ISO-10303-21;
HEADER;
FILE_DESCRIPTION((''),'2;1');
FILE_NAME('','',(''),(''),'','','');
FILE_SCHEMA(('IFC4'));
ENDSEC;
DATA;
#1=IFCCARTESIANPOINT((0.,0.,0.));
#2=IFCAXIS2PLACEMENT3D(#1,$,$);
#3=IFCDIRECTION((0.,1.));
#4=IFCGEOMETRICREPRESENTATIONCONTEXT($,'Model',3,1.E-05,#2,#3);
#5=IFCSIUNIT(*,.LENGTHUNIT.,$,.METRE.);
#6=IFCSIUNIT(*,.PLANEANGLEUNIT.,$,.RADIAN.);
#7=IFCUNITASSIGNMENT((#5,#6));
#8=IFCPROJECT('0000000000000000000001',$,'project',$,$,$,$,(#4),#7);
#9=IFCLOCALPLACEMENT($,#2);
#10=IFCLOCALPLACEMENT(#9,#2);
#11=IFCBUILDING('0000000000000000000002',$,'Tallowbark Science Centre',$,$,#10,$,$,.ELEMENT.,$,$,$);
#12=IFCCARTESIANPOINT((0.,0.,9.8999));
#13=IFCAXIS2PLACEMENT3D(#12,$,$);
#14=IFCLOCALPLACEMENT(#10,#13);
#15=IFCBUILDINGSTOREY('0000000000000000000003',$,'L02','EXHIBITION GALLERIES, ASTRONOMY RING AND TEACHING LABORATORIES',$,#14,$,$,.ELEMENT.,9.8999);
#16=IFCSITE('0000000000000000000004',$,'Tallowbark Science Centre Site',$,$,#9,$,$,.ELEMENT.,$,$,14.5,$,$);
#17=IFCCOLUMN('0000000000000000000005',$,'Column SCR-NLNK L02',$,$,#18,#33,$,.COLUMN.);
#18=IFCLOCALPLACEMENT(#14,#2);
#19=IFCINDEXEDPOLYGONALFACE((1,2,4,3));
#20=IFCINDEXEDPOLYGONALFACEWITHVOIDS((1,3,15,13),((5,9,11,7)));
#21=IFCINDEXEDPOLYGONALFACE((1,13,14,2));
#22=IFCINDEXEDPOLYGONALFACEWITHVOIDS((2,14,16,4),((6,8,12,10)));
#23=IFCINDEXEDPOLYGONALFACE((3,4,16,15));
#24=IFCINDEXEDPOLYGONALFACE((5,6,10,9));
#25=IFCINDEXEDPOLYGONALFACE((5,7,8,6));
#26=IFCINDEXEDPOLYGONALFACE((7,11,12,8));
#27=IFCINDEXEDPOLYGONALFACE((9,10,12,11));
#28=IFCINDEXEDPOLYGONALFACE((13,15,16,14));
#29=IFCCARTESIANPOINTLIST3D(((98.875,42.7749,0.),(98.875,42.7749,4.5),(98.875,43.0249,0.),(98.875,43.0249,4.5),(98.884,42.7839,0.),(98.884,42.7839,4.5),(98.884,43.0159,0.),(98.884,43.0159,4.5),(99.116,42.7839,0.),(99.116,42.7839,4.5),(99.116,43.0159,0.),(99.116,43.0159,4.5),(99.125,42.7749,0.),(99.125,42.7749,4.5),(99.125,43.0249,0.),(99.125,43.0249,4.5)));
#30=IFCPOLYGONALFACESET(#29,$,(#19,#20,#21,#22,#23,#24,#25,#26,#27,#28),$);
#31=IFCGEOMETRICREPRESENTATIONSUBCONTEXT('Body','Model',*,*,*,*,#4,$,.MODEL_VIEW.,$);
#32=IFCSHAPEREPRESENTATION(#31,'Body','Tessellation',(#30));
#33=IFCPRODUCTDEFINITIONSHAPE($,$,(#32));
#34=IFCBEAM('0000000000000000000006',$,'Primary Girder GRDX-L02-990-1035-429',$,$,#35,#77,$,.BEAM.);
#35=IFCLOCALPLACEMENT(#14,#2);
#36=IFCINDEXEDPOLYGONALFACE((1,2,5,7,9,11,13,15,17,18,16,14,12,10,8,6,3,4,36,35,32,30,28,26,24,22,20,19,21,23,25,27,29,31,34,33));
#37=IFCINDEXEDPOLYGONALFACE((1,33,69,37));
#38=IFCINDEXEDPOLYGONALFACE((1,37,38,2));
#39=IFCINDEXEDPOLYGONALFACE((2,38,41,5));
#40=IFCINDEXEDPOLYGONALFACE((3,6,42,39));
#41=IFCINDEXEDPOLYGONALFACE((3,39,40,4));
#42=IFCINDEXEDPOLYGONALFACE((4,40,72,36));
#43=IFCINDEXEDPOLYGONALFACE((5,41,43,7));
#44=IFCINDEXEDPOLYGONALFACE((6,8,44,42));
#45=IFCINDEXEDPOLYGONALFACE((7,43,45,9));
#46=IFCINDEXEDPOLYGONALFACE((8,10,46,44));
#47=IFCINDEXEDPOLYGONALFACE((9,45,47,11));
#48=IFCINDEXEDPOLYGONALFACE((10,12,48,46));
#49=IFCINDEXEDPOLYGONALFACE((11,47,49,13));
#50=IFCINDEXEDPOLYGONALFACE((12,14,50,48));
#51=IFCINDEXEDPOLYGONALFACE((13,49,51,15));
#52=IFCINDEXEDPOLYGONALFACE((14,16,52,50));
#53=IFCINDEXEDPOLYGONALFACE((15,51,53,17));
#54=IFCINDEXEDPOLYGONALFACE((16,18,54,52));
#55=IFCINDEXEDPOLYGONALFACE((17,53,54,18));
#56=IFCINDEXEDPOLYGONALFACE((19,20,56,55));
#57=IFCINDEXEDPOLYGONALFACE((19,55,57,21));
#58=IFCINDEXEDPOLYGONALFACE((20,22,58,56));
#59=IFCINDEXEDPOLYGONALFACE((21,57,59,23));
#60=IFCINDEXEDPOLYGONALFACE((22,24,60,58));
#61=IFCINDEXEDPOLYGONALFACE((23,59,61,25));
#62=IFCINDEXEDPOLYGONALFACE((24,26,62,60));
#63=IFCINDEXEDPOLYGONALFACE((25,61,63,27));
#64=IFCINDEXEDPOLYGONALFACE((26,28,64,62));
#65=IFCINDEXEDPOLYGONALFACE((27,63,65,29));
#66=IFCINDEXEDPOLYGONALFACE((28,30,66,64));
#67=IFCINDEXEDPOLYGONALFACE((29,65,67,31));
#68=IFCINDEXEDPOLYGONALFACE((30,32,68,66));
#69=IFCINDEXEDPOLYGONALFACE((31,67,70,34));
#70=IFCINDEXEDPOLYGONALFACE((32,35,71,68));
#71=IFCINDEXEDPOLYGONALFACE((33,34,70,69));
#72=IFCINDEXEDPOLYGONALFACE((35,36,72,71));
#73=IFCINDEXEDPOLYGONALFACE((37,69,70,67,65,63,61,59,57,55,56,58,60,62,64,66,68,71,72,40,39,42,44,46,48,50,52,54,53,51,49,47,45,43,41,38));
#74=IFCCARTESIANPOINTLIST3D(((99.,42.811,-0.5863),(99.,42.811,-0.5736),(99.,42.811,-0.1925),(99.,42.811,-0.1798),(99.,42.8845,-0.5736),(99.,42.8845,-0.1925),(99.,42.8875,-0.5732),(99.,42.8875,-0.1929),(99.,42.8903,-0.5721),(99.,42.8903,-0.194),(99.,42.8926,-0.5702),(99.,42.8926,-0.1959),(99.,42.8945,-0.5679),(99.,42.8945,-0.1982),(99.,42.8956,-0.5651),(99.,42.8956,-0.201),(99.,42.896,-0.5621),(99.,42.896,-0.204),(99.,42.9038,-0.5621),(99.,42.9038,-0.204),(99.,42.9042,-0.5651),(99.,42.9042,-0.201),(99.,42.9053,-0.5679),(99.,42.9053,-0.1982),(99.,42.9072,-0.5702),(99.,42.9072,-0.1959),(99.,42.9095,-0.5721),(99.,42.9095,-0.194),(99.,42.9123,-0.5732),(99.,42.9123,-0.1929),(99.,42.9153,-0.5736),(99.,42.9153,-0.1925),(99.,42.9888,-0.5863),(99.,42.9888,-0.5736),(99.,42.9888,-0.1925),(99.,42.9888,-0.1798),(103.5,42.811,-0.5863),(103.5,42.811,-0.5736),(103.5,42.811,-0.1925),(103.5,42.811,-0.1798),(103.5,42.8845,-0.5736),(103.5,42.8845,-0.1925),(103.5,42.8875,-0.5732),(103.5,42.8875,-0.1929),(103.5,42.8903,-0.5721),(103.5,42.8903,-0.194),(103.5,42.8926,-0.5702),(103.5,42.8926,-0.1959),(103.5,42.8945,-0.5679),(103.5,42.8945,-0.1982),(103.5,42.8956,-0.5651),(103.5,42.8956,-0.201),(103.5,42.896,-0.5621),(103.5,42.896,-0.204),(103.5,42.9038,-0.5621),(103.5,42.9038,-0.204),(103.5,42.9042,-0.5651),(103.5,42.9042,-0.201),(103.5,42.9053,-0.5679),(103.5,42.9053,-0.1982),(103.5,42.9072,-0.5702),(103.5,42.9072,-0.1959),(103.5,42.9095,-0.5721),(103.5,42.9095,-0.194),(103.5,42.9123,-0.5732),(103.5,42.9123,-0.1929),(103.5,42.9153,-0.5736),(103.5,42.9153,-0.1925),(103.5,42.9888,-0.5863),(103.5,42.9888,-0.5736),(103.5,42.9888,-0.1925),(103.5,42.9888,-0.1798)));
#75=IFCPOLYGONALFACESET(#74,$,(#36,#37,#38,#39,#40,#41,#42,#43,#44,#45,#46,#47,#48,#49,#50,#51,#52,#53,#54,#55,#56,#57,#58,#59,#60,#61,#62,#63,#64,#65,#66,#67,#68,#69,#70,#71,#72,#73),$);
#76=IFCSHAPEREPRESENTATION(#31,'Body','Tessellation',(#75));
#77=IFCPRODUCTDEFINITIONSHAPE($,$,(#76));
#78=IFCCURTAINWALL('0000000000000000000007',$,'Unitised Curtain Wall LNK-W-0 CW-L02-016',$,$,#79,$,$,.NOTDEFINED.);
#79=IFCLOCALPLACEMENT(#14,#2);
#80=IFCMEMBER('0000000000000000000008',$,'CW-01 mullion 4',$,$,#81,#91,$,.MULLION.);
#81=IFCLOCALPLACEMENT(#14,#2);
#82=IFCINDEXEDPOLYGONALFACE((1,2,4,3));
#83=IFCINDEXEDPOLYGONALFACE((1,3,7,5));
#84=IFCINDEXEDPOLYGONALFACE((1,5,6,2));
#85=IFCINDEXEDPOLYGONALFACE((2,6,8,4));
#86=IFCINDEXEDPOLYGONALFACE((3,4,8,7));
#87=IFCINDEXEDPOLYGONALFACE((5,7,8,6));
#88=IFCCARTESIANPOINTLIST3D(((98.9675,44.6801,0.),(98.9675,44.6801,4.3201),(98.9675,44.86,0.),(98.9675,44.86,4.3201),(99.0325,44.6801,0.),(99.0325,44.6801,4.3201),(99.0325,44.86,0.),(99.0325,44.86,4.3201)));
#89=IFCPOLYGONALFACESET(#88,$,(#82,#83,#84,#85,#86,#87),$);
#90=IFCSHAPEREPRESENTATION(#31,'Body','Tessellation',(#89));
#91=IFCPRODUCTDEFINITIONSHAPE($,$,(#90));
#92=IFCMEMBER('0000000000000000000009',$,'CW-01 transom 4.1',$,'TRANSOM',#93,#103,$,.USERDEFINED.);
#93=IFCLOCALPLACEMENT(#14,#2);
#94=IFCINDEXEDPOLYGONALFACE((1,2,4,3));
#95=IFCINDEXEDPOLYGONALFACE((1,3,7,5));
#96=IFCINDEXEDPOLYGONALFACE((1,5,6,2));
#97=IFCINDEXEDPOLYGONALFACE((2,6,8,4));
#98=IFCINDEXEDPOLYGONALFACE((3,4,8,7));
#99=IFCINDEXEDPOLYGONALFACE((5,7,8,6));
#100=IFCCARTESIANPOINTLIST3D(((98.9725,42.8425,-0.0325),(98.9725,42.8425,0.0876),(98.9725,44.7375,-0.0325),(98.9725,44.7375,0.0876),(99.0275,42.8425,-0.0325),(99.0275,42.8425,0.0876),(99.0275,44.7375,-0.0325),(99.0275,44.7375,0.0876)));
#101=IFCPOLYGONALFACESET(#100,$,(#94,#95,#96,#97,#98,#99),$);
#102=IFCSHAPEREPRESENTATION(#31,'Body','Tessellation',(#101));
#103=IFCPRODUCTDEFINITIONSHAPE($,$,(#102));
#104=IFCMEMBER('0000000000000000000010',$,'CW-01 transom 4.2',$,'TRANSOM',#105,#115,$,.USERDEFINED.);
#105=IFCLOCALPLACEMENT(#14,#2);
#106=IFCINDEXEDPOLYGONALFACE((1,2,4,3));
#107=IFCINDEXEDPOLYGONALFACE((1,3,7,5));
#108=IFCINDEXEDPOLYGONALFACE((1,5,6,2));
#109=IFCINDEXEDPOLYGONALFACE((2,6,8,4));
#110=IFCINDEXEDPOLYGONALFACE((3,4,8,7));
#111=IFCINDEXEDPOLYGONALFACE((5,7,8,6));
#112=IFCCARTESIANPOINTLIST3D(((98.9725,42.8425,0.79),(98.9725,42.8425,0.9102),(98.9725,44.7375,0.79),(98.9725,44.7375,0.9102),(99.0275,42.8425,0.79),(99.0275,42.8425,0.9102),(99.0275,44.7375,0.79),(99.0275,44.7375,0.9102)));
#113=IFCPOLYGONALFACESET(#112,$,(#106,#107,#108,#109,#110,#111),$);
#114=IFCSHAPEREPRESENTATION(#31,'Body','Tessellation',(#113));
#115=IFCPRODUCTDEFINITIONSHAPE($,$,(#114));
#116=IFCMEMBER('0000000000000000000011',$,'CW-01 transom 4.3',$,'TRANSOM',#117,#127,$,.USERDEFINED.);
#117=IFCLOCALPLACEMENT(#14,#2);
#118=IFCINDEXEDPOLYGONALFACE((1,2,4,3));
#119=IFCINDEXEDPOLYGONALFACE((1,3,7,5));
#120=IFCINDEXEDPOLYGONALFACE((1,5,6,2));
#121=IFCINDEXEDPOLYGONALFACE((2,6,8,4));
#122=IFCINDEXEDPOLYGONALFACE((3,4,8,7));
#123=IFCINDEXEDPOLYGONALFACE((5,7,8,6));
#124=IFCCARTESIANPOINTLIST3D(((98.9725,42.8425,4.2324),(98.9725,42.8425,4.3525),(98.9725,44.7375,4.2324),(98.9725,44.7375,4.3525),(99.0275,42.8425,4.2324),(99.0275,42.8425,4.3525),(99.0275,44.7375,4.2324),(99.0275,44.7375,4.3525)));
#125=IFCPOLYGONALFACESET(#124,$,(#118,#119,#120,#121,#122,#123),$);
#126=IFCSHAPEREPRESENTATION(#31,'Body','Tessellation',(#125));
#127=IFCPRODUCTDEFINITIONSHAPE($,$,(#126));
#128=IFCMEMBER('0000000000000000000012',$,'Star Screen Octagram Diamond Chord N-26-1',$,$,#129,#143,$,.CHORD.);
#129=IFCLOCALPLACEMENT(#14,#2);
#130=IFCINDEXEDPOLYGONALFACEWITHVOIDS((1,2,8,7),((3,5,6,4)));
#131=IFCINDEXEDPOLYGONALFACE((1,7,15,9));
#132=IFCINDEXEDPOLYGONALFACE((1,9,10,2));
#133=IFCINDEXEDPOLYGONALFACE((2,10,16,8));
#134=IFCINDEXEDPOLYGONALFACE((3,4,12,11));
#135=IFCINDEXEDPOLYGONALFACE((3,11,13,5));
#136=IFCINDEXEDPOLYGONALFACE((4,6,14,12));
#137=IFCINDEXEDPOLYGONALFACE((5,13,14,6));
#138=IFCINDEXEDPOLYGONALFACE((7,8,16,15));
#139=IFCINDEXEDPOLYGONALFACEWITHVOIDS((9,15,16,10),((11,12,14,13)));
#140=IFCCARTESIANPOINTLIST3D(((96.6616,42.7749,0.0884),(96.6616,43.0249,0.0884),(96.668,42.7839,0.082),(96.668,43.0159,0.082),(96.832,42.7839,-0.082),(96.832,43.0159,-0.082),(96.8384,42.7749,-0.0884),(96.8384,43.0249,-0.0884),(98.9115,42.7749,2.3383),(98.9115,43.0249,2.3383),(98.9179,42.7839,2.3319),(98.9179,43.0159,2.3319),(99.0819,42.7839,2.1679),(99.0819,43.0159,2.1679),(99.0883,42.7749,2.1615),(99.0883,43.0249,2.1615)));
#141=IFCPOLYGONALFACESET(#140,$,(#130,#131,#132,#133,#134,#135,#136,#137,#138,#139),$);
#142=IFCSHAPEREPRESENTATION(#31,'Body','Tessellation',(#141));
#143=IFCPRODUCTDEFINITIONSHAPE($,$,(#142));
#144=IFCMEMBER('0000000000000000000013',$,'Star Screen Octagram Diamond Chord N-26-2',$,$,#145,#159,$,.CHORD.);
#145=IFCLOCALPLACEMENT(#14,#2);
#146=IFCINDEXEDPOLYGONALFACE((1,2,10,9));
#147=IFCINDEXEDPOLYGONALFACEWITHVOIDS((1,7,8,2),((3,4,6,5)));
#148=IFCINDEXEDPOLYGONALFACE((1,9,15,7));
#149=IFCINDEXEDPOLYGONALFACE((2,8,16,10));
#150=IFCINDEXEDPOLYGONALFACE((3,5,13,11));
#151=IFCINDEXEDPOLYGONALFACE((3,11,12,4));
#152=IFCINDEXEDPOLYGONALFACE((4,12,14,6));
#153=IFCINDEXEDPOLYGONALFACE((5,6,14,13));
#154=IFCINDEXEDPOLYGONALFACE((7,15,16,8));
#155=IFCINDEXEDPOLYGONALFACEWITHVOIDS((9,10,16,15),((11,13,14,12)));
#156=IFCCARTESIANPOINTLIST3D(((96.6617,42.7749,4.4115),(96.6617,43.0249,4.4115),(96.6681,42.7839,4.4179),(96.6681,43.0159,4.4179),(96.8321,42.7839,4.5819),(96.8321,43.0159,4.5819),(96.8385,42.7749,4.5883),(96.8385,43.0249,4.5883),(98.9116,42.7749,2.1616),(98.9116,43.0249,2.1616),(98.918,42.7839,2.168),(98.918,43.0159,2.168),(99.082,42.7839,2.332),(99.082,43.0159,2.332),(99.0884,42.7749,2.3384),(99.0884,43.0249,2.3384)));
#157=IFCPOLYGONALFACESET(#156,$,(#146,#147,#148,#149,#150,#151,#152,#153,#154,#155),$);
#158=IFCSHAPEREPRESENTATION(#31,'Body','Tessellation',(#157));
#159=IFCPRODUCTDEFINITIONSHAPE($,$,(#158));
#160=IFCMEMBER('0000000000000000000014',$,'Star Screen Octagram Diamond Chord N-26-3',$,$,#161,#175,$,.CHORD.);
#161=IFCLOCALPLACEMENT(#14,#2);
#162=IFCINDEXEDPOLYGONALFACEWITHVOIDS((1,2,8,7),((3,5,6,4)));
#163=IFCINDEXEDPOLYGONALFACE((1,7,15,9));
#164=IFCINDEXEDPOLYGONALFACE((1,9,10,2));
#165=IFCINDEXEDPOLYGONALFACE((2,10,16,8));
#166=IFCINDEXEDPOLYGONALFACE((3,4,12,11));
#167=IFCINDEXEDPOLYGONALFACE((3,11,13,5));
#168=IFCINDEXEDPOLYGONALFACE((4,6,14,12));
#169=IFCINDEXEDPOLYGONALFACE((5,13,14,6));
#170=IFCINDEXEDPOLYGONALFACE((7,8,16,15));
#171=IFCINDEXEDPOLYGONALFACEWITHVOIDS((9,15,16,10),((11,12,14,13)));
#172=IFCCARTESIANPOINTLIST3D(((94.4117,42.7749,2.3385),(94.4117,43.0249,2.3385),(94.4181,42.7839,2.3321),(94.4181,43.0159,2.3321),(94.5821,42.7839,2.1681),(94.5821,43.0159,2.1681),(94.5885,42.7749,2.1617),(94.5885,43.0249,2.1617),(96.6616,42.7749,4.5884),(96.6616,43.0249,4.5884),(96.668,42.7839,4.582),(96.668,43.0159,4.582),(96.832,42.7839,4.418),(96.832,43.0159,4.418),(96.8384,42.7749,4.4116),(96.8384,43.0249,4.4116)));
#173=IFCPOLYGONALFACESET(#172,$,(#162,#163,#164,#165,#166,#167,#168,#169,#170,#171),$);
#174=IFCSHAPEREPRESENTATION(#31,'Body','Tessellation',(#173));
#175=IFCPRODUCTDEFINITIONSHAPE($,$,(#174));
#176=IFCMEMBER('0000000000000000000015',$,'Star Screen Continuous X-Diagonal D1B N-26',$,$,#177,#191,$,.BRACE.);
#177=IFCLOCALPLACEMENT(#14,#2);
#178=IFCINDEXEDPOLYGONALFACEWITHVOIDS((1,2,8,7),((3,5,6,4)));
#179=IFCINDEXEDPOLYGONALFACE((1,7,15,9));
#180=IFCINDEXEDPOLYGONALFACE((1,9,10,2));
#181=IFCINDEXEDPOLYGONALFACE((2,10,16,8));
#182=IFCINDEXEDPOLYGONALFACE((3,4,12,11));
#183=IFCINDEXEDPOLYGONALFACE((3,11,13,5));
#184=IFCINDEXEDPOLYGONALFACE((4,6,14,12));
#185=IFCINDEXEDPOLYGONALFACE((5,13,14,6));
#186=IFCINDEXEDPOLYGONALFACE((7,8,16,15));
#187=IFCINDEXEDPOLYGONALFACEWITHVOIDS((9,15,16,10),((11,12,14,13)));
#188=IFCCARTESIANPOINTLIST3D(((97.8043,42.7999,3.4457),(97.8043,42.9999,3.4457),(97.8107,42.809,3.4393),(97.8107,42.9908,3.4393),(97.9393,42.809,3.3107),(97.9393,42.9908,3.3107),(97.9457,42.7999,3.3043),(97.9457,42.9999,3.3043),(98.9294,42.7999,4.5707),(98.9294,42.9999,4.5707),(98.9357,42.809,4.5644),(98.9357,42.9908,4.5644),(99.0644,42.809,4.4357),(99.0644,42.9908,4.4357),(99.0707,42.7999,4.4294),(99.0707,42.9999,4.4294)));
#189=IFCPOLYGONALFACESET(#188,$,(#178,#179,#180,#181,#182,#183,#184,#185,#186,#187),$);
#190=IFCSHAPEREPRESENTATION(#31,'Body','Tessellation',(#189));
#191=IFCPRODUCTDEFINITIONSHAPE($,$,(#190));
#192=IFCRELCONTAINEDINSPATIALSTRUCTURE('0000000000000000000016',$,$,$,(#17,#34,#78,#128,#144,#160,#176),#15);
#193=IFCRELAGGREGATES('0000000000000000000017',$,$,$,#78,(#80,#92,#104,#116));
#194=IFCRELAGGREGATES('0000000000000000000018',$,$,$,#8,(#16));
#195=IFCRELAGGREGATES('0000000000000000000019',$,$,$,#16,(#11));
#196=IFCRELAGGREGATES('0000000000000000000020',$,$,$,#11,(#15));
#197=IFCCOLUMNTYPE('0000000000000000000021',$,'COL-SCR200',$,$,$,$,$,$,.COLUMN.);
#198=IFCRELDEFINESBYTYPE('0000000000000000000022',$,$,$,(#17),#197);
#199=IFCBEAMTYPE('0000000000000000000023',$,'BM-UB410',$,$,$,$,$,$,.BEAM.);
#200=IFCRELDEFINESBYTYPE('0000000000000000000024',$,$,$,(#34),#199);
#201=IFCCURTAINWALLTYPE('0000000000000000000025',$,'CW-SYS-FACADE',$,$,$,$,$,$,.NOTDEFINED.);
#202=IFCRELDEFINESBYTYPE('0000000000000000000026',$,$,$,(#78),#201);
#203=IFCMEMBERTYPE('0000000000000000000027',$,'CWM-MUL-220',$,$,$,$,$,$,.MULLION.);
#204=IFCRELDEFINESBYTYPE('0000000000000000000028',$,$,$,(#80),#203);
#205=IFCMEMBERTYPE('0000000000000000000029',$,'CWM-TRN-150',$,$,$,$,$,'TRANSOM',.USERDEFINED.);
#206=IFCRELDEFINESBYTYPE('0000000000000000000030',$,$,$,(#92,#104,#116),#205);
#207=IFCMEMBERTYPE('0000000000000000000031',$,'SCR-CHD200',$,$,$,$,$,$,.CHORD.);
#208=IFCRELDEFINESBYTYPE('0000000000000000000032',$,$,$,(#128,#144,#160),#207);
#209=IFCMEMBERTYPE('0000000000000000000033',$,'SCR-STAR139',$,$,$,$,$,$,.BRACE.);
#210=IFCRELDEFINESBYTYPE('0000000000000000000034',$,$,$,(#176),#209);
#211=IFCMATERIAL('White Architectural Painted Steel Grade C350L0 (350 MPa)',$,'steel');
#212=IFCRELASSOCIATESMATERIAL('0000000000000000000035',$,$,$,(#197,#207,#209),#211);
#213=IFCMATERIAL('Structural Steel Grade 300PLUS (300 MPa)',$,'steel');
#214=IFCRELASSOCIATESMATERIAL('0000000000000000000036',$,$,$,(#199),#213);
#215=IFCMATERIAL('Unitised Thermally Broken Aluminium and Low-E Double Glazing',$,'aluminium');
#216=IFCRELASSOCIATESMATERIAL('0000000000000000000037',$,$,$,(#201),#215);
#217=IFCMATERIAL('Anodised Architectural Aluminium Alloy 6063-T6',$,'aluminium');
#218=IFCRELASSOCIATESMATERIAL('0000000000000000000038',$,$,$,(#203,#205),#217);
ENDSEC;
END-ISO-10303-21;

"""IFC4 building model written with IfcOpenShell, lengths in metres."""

from ifc_helpers import new_model, si_unit, direction, frame, origin, origin_2d, place, context, subcontext, project, spatial, rectangle, hollow_rectangle, i_section, extrude, material, material_profile, profile_set, type_object, element, aggregate, save


model = new_model("IFC4")

# Units and contexts
model_context = context("Model", 3, precision=1e-05, world=origin(), true_north=direction((0.0, 1.0)))
body_context = subcontext(model_context, "Body", "Model", "MODEL_VIEW")
ifc_project = project(units=[si_unit("LENGTHUNIT", "METRE"), si_unit("PLANEANGLEUNIT", "RADIAN")], contexts=[model_context])

# Site, building, storey
site_placement = place(None, origin())
site = spatial("IfcSite", under=ifc_project, at=site_placement, Name="Tallowbark Science Centre Site", CompositionType="ELEMENT", RefElevation=14.5)
building_placement = place(site_placement, origin())
building = spatial("IfcBuilding", under=site, at=building_placement, Name="Tallowbark Science Centre", CompositionType="ELEMENT")
storey_placement = place(building_placement, frame((0.0, 0.0, 9.8999)))
storey = spatial("IfcBuildingStorey", under=building, at=storey_placement, Name="L02", Description="EXHIBITION GALLERIES, ASTRONOMY RING AND TEACHING LABORATORIES", CompositionType="ELEMENT", Elevation=9.8999)

# Column
ifc_material_1 = material(Name="White Architectural Painted Steel Grade C350L0 (350 MPa)", Category="steel")
ifc_material_profile_1 = material_profile(ifc_material_1, hollow_rectangle(XDim=0.25, YDim=0.25, WallThickness=0.009, at=origin_2d()), Name="250x250x9.0SHS")
ifc_profile_set_1 = profile_set([ifc_material_profile_1], Name="White Architectural Painted Steel Grade C350L0 (350 MPa)")
column_type = type_object("IfcColumnType", Name="COL-SCR200", PredefinedType="COLUMN", material=ifc_profile_set_1)
column_placement = place(storey_placement, frame((99.0, 42.8999, 0.0), z_axis=(0.0, 0.0, 1.0), x_axis=(1.0, 0.0, 0.0)))
element("IfcColumn", 1, at=column_placement, inside=storey, type_object=column_type, Name="Column SCR-NLNK L02", PredefinedType="COLUMN", context=body_context, shape_type="SweptSolid", body=[
    extrude(hollow_rectangle(XDim=0.25, YDim=0.25, WallThickness=0.009, at=origin_2d()), origin(), (0.0, 0.0, 1.0), 4.5),
])

# Beam
ifc_material_2 = material(Name="Structural Steel Grade 300PLUS (300 MPa)", Category="steel")
ifc_material_profile_2 = material_profile(ifc_material_2, i_section(OverallWidth=0.1777, OverallDepth=0.4065, WebThickness=0.0078, FlangeThickness=0.0127, FilletRadius=0.0115, at=origin_2d()), Name="410UB59.7")
ifc_profile_set_2 = profile_set([ifc_material_profile_2], Name="Structural Steel Grade 300PLUS (300 MPa)")
beam_type = type_object("IfcBeamType", Name="BM-UB410", PredefinedType="BEAM", material=ifc_profile_set_2)
beam_placement = place(storey_placement, frame((99.0, 42.8999, -0.3831), z_axis=(1.0, 0.0, 0.0), x_axis=(0.0, 1.0, 0.0)))
element("IfcBeam", 2, at=beam_placement, inside=storey, type_object=beam_type, Name="Primary Girder GRDX-L02-990-1035-429", PredefinedType="BEAM", context=body_context, shape_type="SweptSolid", body=[
    extrude(i_section(OverallWidth=0.1777, OverallDepth=0.4065, WebThickness=0.0078, FlangeThickness=0.0127, FilletRadius=0.0115, at=origin_2d()), origin(), (0.0, 0.0, 1.0), 4.5),
])

# Curtain wall, members
ifc_material_3 = material(Name="Unitised Thermally Broken Aluminium and Low-E Double Glazing", Category="aluminium")
curtain_wall_type = type_object("IfcCurtainWallType", Name="CW-SYS-FACADE", PredefinedType="NOTDEFINED", material=ifc_material_3)
curtain_wall_placement = place(storey_placement, origin())
curtain_wall = element("IfcCurtainWall", 3, at=curtain_wall_placement, inside=storey, type_object=curtain_wall_type, Name="Unitised Curtain Wall LNK-W-0 CW-L02-016", PredefinedType="NOTDEFINED")
ifc_material_4 = material(Name="Anodised Architectural Aluminium Alloy 6063-T6", Category="aluminium")
ifc_material_profile_3 = material_profile(ifc_material_4, rectangle(XDim=0.0649, YDim=0.1799, at=origin_2d()), Name="ALU65x180")
ifc_profile_set_3 = profile_set([ifc_material_profile_3], Name="Anodised Architectural Aluminium Alloy 6063-T6")
member_type_1 = type_object("IfcMemberType", Name="CWM-MUL-220", PredefinedType="MULLION", material=ifc_profile_set_3)
member_1_placement = place(storey_placement, frame((99.0, 44.77, 0.0), z_axis=(0.0, 0.0, 1.0), x_axis=(1.0, 0.0, 0.0)))
member_1 = element("IfcMember", 4, at=member_1_placement, type_object=member_type_1, Name="CW-01 mullion 4", PredefinedType="MULLION", context=body_context, shape_type="SweptSolid", body=[
    extrude(rectangle(XDim=0.0649, YDim=0.1799, at=origin_2d()), origin(), (0.0, 0.0, 1.0), 4.3201),
])
ifc_material_profile_4 = material_profile(ifc_material_4, rectangle(XDim=0.0549, YDim=0.1201, at=origin_2d()), Name="ALU55x120")
ifc_profile_set_4 = profile_set([ifc_material_profile_4], Name="Anodised Architectural Aluminium Alloy 6063-T6")
member_type_2 = type_object("IfcMemberType", Name="CWM-TRN-150", ElementType="TRANSOM", PredefinedType="USERDEFINED", material=ifc_profile_set_4)
member_2_placement = place(storey_placement, frame((99.0, 44.7375, 0.0276), z_axis=(0.0, -1.0, 0.0), x_axis=(1.0, 0.0, 0.0)))
member_2 = element("IfcMember", 5, at=member_2_placement, type_object=member_type_2, Name="CW-01 transom 4.1", ObjectType="TRANSOM", PredefinedType="USERDEFINED", context=body_context, shape_type="SweptSolid", body=[
    extrude(rectangle(XDim=0.0549, YDim=0.1201, at=origin_2d()), origin(), (0.0, 0.0, 1.0), 1.895),
])
member_3_placement = place(storey_placement, frame((99.0, 44.7375, 0.8501), z_axis=(0.0, -1.0, 0.0), x_axis=(1.0, 0.0, 0.0)))
member_3 = element("IfcMember", 6, at=member_3_placement, type_object=member_type_2, Name="CW-01 transom 4.2", ObjectType="TRANSOM", PredefinedType="USERDEFINED", context=body_context, shape_type="SweptSolid", body=[
    extrude(rectangle(XDim=0.0549, YDim=0.1201, at=origin_2d()), origin(), (0.0, 0.0, 1.0), 1.895),
])
member_4_placement = place(storey_placement, frame((99.0, 44.7375, 4.2925), z_axis=(0.0, -1.0, 0.0), x_axis=(1.0, 0.0, 0.0)))
member_4 = element("IfcMember", 7, at=member_4_placement, type_object=member_type_2, Name="CW-01 transom 4.3", ObjectType="TRANSOM", PredefinedType="USERDEFINED", context=body_context, shape_type="SweptSolid", body=[
    extrude(rectangle(XDim=0.0549, YDim=0.1201, at=origin_2d()), origin(), (0.0, 0.0, 1.0), 1.895),
])

# Members
ifc_material_profile_5 = material_profile(ifc_material_1, hollow_rectangle(XDim=0.25, YDim=0.25, WallThickness=0.009, at=origin_2d()), Name="250x250x9.0SHS")
ifc_profile_set_5 = profile_set([ifc_material_profile_5], Name="White Architectural Painted Steel Grade C350L0 (350 MPa)")
member_type_3 = type_object("IfcMemberType", Name="SCR-CHD200", PredefinedType="CHORD", material=ifc_profile_set_5)
for number, where, z_axis, x_axis, name in (
    (8, (96.75, 42.8999, 0.0), (0.707107, 0.0, 0.707107), (0.0, 1.0, 0.0), "Star Screen Octagram Diamond Chord N-26-1"),
    (9, (99.0, 42.8999, 2.25), (-0.707107, 0.0, 0.707107), (0.0, -1.0, 0.0), "Star Screen Octagram Diamond Chord N-26-2"),
    (10, (96.75, 42.8999, 4.5), (-0.707107, 0.0, -0.707107), (0.0, -1.0, 0.0), "Star Screen Octagram Diamond Chord N-26-3"),
):
    element("IfcMember", number, at=place(storey_placement, frame(where, z_axis=z_axis, x_axis=x_axis)), inside=storey, type_object=member_type_3, Name=name, PredefinedType="CHORD", context=body_context, shape_type="SweptSolid", body=[
        extrude(hollow_rectangle(XDim=0.25, YDim=0.25, WallThickness=0.009, at=origin_2d()), origin(), (0.0, 0.0, 1.0), 3.1819),
    ])
ifc_material_profile_6 = material_profile(ifc_material_1, hollow_rectangle(XDim=0.2, YDim=0.2, WallThickness=0.009, at=origin_2d()), Name="200x200x9.0SHS")
ifc_profile_set_6 = profile_set([ifc_material_profile_6], Name="White Architectural Painted Steel Grade C350L0 (350 MPa)")
member_type_4 = type_object("IfcMemberType", Name="SCR-STAR139", PredefinedType="BRACE", material=ifc_profile_set_6)
for number, where, z_axis, x_axis, name in (
    (11, (97.875, 42.8999, 3.375), (0.707107, 0.0, 0.707107), (0.0, 1.0, 0.0), "Star Screen Continuous X-Diagonal D1B N-26"),
):
    element("IfcMember", number, at=place(storey_placement, frame(where, z_axis=z_axis, x_axis=x_axis)), inside=storey, type_object=member_type_4, Name=name, PredefinedType="BRACE", context=body_context, shape_type="SweptSolid", body=[
        extrude(hollow_rectangle(XDim=0.2, YDim=0.2, WallThickness=0.009, at=origin_2d()), origin(), (0.0, 0.0, 1.0), 1.5911),
    ])

aggregate(curtain_wall, [member_1, member_2, member_3, member_4])

save(model, "model.ifc")
